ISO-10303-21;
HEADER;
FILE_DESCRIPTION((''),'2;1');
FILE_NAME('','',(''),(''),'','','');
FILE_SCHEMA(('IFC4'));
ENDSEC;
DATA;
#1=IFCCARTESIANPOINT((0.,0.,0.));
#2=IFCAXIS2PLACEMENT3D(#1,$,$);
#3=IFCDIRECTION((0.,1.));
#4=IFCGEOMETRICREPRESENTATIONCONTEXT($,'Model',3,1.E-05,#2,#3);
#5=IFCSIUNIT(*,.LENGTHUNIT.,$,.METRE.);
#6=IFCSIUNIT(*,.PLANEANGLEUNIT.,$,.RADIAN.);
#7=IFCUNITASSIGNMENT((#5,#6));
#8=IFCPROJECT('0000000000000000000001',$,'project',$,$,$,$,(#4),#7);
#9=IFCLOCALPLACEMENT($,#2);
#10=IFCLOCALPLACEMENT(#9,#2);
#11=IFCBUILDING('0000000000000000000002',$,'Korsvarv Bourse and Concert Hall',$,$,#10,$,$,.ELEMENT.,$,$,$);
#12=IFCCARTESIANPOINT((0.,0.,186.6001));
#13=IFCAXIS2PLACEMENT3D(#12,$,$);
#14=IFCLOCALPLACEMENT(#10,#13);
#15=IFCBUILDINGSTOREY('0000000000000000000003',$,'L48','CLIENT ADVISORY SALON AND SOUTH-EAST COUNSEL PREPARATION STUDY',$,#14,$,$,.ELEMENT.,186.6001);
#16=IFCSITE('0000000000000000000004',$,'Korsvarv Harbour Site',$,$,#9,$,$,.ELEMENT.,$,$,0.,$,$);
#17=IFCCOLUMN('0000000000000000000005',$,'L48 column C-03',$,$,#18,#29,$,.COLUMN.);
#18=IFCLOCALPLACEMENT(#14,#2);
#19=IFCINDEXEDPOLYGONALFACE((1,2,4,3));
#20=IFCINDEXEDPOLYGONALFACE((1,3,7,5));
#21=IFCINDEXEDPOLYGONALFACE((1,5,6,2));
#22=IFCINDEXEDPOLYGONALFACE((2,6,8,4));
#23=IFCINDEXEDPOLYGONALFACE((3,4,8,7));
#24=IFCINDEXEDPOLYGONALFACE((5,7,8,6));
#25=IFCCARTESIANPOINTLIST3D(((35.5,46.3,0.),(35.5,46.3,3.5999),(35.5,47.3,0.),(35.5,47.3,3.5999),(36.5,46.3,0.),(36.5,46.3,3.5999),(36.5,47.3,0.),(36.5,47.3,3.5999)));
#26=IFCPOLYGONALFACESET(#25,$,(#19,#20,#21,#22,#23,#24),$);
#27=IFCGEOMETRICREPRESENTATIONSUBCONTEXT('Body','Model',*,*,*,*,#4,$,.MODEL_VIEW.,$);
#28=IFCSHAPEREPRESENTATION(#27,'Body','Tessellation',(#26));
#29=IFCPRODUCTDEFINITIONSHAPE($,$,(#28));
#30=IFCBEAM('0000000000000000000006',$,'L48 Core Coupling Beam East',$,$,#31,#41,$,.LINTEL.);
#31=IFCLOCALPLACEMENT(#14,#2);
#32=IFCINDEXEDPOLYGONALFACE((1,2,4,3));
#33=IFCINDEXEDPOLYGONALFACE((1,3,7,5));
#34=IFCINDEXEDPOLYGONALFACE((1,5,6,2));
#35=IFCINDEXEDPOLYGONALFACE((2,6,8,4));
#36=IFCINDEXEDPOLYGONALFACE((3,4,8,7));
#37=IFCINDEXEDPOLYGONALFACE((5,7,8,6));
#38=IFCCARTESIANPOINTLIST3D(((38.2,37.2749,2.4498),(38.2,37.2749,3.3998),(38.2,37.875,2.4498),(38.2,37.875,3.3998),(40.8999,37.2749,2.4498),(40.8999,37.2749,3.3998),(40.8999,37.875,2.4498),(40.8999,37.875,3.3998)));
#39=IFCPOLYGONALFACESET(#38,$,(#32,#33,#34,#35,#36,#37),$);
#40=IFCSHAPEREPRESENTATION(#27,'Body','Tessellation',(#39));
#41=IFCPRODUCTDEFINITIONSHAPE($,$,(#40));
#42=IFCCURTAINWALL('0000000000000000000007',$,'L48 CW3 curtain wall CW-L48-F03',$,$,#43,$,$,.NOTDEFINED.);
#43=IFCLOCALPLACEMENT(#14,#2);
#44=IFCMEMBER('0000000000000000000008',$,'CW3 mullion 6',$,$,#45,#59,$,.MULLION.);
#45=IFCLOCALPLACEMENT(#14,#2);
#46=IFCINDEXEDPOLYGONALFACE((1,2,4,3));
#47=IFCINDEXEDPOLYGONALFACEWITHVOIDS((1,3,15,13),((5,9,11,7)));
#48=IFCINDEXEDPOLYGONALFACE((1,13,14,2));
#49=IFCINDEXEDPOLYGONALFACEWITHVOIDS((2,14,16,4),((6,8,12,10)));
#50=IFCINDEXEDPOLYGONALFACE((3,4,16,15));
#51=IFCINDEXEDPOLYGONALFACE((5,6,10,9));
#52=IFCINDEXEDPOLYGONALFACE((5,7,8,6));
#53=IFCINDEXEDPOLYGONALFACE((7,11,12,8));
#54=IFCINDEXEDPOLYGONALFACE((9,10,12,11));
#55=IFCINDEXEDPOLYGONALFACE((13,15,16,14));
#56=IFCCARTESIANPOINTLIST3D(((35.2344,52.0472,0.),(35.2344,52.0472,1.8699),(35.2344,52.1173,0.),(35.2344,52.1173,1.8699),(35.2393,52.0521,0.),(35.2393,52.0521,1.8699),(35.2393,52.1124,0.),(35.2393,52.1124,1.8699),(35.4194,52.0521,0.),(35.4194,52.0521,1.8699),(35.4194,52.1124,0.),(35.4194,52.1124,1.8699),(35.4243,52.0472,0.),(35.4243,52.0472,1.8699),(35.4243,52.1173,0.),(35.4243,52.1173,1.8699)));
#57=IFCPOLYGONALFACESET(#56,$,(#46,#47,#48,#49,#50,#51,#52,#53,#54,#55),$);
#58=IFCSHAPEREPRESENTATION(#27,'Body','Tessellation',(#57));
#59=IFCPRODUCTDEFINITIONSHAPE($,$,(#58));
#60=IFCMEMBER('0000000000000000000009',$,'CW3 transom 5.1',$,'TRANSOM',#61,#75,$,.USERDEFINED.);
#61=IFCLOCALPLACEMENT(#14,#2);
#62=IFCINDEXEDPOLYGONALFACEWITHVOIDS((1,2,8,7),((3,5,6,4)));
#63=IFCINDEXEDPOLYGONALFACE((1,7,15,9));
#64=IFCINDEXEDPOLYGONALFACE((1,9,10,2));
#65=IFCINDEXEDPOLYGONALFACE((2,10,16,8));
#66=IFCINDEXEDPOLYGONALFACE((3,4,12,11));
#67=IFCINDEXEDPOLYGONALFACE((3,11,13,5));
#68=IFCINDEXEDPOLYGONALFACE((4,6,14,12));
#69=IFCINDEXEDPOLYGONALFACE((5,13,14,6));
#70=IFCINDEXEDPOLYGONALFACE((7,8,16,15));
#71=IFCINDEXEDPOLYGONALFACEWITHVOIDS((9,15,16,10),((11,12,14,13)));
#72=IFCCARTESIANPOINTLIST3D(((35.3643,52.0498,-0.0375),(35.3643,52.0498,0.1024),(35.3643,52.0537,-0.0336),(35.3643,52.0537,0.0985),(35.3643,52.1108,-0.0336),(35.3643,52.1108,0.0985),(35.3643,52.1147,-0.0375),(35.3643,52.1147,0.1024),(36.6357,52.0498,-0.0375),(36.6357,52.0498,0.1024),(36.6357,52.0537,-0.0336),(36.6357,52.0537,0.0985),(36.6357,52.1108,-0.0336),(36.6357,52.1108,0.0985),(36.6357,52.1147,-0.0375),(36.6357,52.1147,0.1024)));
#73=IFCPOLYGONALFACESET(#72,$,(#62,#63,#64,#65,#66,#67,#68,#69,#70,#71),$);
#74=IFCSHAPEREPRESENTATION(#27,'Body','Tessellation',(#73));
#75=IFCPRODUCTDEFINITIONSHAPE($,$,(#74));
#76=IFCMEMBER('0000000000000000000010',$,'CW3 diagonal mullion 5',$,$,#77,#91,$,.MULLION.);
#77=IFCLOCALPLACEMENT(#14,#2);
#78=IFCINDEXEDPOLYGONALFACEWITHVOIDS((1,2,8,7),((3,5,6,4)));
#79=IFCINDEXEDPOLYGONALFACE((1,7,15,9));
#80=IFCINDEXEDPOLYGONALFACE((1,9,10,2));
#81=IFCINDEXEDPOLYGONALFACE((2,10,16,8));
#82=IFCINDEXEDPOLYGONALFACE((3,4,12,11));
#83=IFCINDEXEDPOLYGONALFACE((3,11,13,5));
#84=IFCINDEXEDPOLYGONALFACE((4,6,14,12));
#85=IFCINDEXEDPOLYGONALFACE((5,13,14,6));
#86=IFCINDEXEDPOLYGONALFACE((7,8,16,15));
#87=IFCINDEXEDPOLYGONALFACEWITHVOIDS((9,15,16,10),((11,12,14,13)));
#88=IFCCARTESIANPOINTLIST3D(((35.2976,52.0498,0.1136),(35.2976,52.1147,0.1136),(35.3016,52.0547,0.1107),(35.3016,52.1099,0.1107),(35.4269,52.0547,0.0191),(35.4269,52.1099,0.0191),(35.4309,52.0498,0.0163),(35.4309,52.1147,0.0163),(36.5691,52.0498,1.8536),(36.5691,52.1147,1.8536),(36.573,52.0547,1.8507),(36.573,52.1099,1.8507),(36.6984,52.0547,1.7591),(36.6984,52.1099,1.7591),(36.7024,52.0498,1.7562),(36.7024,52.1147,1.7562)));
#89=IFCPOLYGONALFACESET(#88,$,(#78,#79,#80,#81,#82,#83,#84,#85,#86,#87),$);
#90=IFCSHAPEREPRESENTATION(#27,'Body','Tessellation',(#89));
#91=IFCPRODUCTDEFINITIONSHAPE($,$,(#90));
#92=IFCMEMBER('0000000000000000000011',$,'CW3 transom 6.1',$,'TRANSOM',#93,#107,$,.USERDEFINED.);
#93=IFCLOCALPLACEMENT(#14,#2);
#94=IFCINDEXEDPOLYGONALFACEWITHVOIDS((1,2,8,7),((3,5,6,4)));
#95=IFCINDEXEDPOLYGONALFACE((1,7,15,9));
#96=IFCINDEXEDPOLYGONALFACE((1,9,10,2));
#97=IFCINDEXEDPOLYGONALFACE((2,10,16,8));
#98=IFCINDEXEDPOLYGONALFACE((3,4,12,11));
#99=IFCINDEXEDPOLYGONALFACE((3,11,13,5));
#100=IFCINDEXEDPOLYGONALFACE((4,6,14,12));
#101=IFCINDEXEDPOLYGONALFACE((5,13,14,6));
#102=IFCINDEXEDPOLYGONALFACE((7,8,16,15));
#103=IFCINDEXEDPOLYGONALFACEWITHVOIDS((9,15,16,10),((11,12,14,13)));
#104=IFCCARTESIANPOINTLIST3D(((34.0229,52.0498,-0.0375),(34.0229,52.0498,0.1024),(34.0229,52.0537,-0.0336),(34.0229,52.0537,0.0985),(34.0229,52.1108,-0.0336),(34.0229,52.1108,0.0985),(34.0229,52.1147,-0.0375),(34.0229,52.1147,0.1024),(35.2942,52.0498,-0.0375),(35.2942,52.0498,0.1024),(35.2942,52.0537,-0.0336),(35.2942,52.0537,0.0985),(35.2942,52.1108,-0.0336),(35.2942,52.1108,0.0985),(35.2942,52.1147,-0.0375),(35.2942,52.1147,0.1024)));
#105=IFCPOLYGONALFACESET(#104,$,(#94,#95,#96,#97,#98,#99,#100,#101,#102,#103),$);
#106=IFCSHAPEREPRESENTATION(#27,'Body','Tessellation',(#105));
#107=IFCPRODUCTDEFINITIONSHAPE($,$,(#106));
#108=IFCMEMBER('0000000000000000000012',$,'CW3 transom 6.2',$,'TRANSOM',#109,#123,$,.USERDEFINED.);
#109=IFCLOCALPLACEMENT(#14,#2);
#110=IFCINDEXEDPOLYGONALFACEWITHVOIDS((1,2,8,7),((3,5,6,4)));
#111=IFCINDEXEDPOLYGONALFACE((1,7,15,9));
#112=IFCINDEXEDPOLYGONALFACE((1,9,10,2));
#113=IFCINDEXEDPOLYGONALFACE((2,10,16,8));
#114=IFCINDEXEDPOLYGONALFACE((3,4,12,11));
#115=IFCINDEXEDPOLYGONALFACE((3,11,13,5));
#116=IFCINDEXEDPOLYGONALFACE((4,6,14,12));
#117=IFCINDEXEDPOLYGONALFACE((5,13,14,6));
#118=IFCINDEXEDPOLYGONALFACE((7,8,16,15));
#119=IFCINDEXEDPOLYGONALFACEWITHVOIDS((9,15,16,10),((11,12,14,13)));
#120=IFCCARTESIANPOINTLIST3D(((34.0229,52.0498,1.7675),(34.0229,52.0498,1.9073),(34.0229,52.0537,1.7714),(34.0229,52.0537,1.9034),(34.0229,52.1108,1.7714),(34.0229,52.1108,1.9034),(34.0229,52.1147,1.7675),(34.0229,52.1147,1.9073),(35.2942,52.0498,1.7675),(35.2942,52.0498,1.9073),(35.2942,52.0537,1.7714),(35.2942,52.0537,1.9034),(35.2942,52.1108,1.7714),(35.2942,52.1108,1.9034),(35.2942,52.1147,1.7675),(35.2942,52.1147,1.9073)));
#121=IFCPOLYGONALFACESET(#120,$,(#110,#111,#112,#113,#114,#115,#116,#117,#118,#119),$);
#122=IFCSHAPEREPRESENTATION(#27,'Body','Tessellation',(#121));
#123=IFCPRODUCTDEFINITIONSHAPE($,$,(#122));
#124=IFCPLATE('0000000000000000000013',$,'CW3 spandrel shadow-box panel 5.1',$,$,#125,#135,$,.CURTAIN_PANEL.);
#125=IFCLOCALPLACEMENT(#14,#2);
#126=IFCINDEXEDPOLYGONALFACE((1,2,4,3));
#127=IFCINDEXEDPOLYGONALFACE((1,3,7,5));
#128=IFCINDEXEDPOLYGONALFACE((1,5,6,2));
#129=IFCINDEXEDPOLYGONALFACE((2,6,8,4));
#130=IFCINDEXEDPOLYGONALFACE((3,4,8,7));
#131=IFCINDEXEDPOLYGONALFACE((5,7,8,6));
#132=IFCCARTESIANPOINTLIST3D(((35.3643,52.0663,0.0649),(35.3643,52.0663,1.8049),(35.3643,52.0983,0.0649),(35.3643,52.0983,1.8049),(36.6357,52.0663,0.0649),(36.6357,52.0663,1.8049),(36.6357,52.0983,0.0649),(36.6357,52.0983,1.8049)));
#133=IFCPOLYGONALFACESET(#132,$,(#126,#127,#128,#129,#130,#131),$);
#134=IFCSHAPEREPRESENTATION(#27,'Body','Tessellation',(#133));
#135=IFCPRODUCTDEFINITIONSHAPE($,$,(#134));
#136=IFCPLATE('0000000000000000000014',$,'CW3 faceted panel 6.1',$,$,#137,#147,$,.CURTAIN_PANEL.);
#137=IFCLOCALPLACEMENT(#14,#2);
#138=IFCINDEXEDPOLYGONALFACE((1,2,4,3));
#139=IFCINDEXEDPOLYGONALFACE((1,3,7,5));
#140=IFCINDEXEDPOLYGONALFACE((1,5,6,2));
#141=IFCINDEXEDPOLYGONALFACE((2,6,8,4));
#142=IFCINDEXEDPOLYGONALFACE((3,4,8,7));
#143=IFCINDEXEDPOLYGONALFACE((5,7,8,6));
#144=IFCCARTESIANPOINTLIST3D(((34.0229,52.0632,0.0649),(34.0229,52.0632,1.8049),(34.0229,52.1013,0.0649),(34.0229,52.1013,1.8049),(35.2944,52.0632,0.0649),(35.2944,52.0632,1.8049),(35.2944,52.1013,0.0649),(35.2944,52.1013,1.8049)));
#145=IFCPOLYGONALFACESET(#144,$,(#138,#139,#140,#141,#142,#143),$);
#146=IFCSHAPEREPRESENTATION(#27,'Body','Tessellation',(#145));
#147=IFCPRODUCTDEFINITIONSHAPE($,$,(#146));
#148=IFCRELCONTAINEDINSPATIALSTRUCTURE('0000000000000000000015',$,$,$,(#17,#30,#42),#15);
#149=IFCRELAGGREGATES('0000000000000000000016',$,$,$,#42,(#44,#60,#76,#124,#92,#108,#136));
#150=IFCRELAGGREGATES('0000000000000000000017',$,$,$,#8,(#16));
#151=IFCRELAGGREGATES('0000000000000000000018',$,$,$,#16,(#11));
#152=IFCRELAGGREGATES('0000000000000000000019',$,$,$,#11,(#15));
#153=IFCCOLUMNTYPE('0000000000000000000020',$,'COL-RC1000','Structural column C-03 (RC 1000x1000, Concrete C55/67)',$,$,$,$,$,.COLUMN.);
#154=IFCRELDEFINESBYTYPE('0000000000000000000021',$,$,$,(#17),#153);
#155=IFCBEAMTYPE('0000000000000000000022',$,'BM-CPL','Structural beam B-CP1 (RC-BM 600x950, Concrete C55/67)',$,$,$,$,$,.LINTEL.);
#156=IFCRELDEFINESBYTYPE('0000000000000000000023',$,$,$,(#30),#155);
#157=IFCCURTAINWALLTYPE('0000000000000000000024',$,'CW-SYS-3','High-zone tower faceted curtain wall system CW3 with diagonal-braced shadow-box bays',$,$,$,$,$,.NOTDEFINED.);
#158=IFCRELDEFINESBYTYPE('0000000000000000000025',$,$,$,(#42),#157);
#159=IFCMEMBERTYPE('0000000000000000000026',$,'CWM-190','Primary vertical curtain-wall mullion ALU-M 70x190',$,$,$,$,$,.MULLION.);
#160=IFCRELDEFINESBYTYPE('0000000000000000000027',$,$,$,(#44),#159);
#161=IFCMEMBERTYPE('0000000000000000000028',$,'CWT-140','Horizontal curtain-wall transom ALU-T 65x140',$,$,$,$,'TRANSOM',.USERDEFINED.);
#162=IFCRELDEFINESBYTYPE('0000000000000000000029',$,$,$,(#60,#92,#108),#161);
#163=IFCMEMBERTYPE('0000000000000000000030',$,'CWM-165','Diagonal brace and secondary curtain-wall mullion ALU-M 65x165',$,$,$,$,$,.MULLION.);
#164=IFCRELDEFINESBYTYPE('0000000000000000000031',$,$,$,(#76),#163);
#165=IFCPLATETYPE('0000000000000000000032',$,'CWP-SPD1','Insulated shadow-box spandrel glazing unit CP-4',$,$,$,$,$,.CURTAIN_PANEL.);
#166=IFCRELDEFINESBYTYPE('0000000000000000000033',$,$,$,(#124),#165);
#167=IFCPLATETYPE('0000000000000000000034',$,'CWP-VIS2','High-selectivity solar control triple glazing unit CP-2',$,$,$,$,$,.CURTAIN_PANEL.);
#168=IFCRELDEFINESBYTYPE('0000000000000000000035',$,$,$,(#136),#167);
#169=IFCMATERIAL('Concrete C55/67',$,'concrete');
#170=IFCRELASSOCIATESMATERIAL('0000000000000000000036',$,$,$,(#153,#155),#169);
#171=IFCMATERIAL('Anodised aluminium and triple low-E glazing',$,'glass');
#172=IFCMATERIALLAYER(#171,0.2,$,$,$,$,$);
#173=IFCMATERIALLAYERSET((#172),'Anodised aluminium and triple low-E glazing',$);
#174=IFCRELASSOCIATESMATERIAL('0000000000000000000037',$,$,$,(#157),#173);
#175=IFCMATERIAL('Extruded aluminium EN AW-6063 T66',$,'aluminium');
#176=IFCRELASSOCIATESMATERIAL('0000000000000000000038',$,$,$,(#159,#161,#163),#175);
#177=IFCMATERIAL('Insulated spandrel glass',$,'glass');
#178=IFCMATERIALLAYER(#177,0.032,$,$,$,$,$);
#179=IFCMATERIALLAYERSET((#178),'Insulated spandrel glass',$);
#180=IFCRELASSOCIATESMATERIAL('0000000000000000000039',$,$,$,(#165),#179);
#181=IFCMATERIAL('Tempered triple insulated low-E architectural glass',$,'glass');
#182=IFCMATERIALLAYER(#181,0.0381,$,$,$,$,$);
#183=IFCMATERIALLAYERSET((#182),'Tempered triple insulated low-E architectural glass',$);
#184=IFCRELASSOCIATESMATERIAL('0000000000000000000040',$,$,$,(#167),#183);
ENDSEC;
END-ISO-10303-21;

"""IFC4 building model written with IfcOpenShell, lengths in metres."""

from ifc_helpers import new_model, si_unit, direction, frame, origin, origin_2d, place, context, subcontext, project, spatial, rectangle, hollow_rectangle, extrude, source, transform, mapped, material, layer, layer_set, material_profile, profile_set, type_object, element, aggregate, save


model = new_model("IFC4")

# Units and contexts
model_context = context("Model", 3, precision=1e-05, world=origin(), true_north=direction((0.0, 1.0)))
body_context = subcontext(model_context, "Body", "Model", "MODEL_VIEW")
ifc_project = project(units=[si_unit("LENGTHUNIT", "METRE"), si_unit("PLANEANGLEUNIT", "RADIAN")], contexts=[model_context])

# Site, building, storey
site_placement = place(None, origin())
site = spatial("IfcSite", under=ifc_project, at=site_placement, Name="Korsvarv Harbour Site", CompositionType="ELEMENT", RefElevation=0.0)
building_placement = place(site_placement, origin())
building = spatial("IfcBuilding", under=site, at=building_placement, Name="Korsvarv Bourse and Concert Hall", CompositionType="ELEMENT")
storey_placement = place(building_placement, frame((0.0, 0.0, 186.6001)))
storey = spatial("IfcBuildingStorey", under=building, at=storey_placement, Name="L48", Description="CLIENT ADVISORY SALON AND SOUTH-EAST COUNSEL PREPARATION STUDY", CompositionType="ELEMENT", Elevation=186.6001)

# Column
ifc_material_1 = material(Name="Concrete C55/67", Category="concrete")
ifc_material_profile_1 = material_profile(ifc_material_1, rectangle(XDim=1.0, YDim=1.0, at=origin_2d()), Name="RC 1000x1000")
ifc_profile_set_1 = profile_set([ifc_material_profile_1], Name="Concrete C55/67")
column_type = type_object("IfcColumnType", Name="COL-RC1000", Description="Structural column C-03 (RC 1000x1000, Concrete C55/67)", PredefinedType="COLUMN", material=ifc_profile_set_1)
shared_shape_1 = source(origin(), body_context, "Body", "SweptSolid", [
    extrude(rectangle(XDim=1.0, YDim=1.0, at=origin_2d()), origin(), (0.0, 0.0, 1.0), 3.5999),
])
column_placement = place(storey_placement, frame((36.0, 46.8, 0.0), z_axis=(0.0, 0.0, 1.0), x_axis=(1.0, 0.0, 0.0)))
element("IfcColumn", 1, at=column_placement, inside=storey, type_object=column_type, Name="L48 column C-03", PredefinedType="COLUMN", context=body_context, shape_type="MappedRepresentation", body=[
    mapped(shared_shape_1, transform((0.0, 0.0, 0.0), scale=1.0)),
])

# Beam
ifc_material_profile_2 = material_profile(ifc_material_1, rectangle(XDim=0.6001, YDim=0.95, at=origin_2d()), Name="RC-BM 600x950")
ifc_profile_set_2 = profile_set([ifc_material_profile_2], Name="Concrete C55/67")
beam_type = type_object("IfcBeamType", Name="BM-CPL", Description="Structural beam B-CP1 (RC-BM 600x950, Concrete C55/67)", PredefinedType="LINTEL", material=ifc_profile_set_2)
shared_shape_2 = source(origin(), body_context, "Body", "SweptSolid", [
    extrude(rectangle(XDim=0.6001, YDim=0.95, at=origin_2d()), origin(), (0.0, 0.0, 1.0), 2.7),
])
beam_placement = place(storey_placement, frame((38.2, 37.575, 2.9248), z_axis=(1.0, 0.0, 0.0), x_axis=(0.0, 1.0, 0.0)))
element("IfcBeam", 2, at=beam_placement, inside=storey, type_object=beam_type, Name="L48 Core Coupling Beam East", PredefinedType="LINTEL", context=body_context, shape_type="MappedRepresentation", body=[
    mapped(shared_shape_2, transform((0.0, 0.0, 0.0), scale=1.0)),
])

# Curtain wall, members, plates
ifc_material_2 = material(Name="Anodised aluminium and triple low-E glazing", Category="glass")
ifc_layer_1 = layer(ifc_material_2, 0.2)
ifc_layer_set_1 = layer_set([ifc_layer_1], Name="Anodised aluminium and triple low-E glazing")
curtain_wall_type = type_object("IfcCurtainWallType", Name="CW-SYS-3", Description="High-zone tower faceted curtain wall system CW3 with diagonal-braced shadow-box bays", PredefinedType="NOTDEFINED", material=ifc_layer_set_1)
curtain_wall_placement = place(storey_placement, origin())
curtain_wall = element("IfcCurtainWall", 3, at=curtain_wall_placement, inside=storey, type_object=curtain_wall_type, Name="L48 CW3 curtain wall CW-L48-F03", PredefinedType="NOTDEFINED")
ifc_material_3 = material(Name="Extruded aluminium EN AW-6063 T66", Category="aluminium")
ifc_material_profile_3 = material_profile(ifc_material_3, hollow_rectangle(XDim=0.0701, YDim=0.1899, WallThickness=0.0049, at=origin_2d()), Name="ALU-M 70x190")
ifc_profile_set_3 = profile_set([ifc_material_profile_3], Name="Extruded aluminium EN AW-6063 T66")
member_type_1 = type_object("IfcMemberType", Name="CWM-190", Description="Primary vertical curtain-wall mullion ALU-M 70x190", PredefinedType="MULLION", material=ifc_profile_set_3)
shared_shape_3 = source(origin(), body_context, "Body", "SweptSolid", [
    extrude(hollow_rectangle(XDim=0.0701, YDim=0.1899, WallThickness=0.0049, at=origin_2d()), origin(), (0.0, 0.0, 1.0), 1.8699),
])
member_1_placement = place(storey_placement, frame((35.3293, 52.0823, 0.0), z_axis=(0.0, 0.0, 1.0), x_axis=(0.0, -1.0, 0.0)))
member_1 = element("IfcMember", 4, at=member_1_placement, type_object=member_type_1, Name="CW3 mullion 6", PredefinedType="MULLION", context=body_context, shape_type="MappedRepresentation", body=[
    mapped(shared_shape_3, transform((0.0, 0.0, 0.0), scale=1.0)),
])
ifc_material_profile_4 = material_profile(ifc_material_3, hollow_rectangle(XDim=0.0649, YDim=0.1399, WallThickness=0.0039, at=origin_2d()), Name="ALU-T 65x140")
ifc_profile_set_4 = profile_set([ifc_material_profile_4], Name="Extruded aluminium EN AW-6063 T66")
member_type_2 = type_object("IfcMemberType", Name="CWT-140", Description="Horizontal curtain-wall transom ALU-T 65x140", ElementType="TRANSOM", PredefinedType="USERDEFINED", material=ifc_profile_set_4)
shared_shape_4 = source(origin(), body_context, "Body", "SweptSolid", [
    extrude(hollow_rectangle(XDim=0.0649, YDim=0.1399, WallThickness=0.0039, at=origin_2d()), origin(), (0.0, 0.0, 1.0), 1.2715),
])
member_2_placement = place(storey_placement, frame((36.6357, 52.0823, 0.0325), z_axis=(-1.0, 0.0, 0.0), x_axis=(0.0, -1.0, 0.0)))
member_2 = element("IfcMember", 5, at=member_2_placement, type_object=member_type_2, Name="CW3 transom 5.1", ObjectType="TRANSOM", PredefinedType="USERDEFINED", context=body_context, shape_type="MappedRepresentation", body=[
    mapped(shared_shape_4, transform((0.0, 0.0, 0.0), scale=1.0)),
])
ifc_material_profile_5 = material_profile(ifc_material_3, hollow_rectangle(XDim=0.0649, YDim=0.165, WallThickness=0.0049, at=origin_2d()), Name="ALU-M 65x165")
ifc_profile_set_5 = profile_set([ifc_material_profile_5], Name="Extruded aluminium EN AW-6063 T66")
member_type_3 = type_object("IfcMemberType", Name="CWM-165", Description="Diagonal brace and secondary curtain-wall mullion ALU-M 65x165", PredefinedType="MULLION", material=ifc_profile_set_5)
shared_shape_5 = source(origin(), body_context, "Body", "SweptSolid", [
    extrude(hollow_rectangle(XDim=0.0649, YDim=0.165, WallThickness=0.0049, at=origin_2d()), origin(), (0.0, 0.0, 1.0), 2.155),
])
member_3_placement = place(storey_placement, frame((35.3643, 52.0823, 0.0649), z_axis=(0.590002, 0.0, 0.807402), x_axis=(0.0, 1.0, 0.0)))
member_3 = element("IfcMember", 6, at=member_3_placement, type_object=member_type_3, Name="CW3 diagonal mullion 5", PredefinedType="MULLION", context=body_context, shape_type="MappedRepresentation", body=[
    mapped(shared_shape_5, transform((0.0, 0.0, 0.0), scale=1.0)),
])
shared_shape_6 = source(origin(), body_context, "Body", "SweptSolid", [
    extrude(hollow_rectangle(XDim=0.0649, YDim=0.1399, WallThickness=0.0039, at=origin_2d()), origin(), (0.0, 0.0, 1.0), 1.2712),
])
member_4_placement = place(storey_placement, frame((35.2942, 52.0823, 0.0325), z_axis=(-1.0, 0.0, 0.0), x_axis=(0.0, -1.0, 0.0)))
member_4 = element("IfcMember", 7, at=member_4_placement, type_object=member_type_2, Name="CW3 transom 6.1", ObjectType="TRANSOM", PredefinedType="USERDEFINED", context=body_context, shape_type="MappedRepresentation", body=[
    mapped(shared_shape_6, transform((0.0, 0.0, 0.0), scale=1.0)),
])
member_5_placement = place(storey_placement, frame((35.2942, 52.0823, 1.8374), z_axis=(-1.0, 0.0, 0.0), x_axis=(0.0, -1.0, 0.0)))
member_5 = element("IfcMember", 8, at=member_5_placement, type_object=member_type_2, Name="CW3 transom 6.2", ObjectType="TRANSOM", PredefinedType="USERDEFINED", context=body_context, shape_type="MappedRepresentation", body=[
    mapped(shared_shape_6, transform((0.0, 0.0, 0.0), scale=1.0)),
])
ifc_material_4 = material(Name="Insulated spandrel glass", Category="glass")
ifc_layer_2 = layer(ifc_material_4, 0.032)
ifc_layer_set_2 = layer_set([ifc_layer_2], Name="Insulated spandrel glass")
plate_type_1 = type_object("IfcPlateType", Name="CWP-SPD1", Description="Insulated shadow-box spandrel glazing unit CP-4", PredefinedType="CURTAIN_PANEL", material=ifc_layer_set_2)
shared_shape_7 = source(origin(), body_context, "Body", "SweptSolid", [
    extrude(rectangle(XDim=1.2715, YDim=0.032, at=origin_2d()), origin(), (0.0, 0.0, 1.0), 1.74),
])
plate_1_placement = place(storey_placement, frame((36.0, 52.0823, 0.0649), z_axis=(0.0, 0.0, 1.0), x_axis=(-1.0, 0.0, 0.0)))
plate_1 = element("IfcPlate", 9, at=plate_1_placement, type_object=plate_type_1, Name="CW3 spandrel shadow-box panel 5.1", PredefinedType="CURTAIN_PANEL", context=body_context, shape_type="MappedRepresentation", body=[
    mapped(shared_shape_7, transform((0.0, 0.0, 0.0), scale=1.0)),
])
ifc_material_5 = material(Name="Tempered triple insulated low-E architectural glass", Category="glass")
ifc_layer_3 = layer(ifc_material_5, 0.0381)
ifc_layer_set_3 = layer_set([ifc_layer_3], Name="Tempered triple insulated low-E architectural glass")
plate_type_2 = type_object("IfcPlateType", Name="CWP-VIS2", Description="High-selectivity solar control triple glazing unit CP-2", PredefinedType="CURTAIN_PANEL", material=ifc_layer_set_3)
shared_shape_8 = source(origin(), body_context, "Body", "SweptSolid", [
    extrude(rectangle(XDim=1.2715, YDim=0.0381, at=origin_2d()), origin(), (0.0, 0.0, 1.0), 1.74),
])
plate_2_placement = place(storey_placement, frame((34.6587, 52.0823, 0.0649), z_axis=(0.0, 0.0, 1.0), x_axis=(-1.0, 0.0, 0.0)))
plate_2 = element("IfcPlate", 10, at=plate_2_placement, type_object=plate_type_2, Name="CW3 faceted panel 6.1", PredefinedType="CURTAIN_PANEL", context=body_context, shape_type="MappedRepresentation", body=[
    mapped(shared_shape_8, transform((0.0, 0.0, 0.0), scale=1.0)),
])
aggregate(curtain_wall, [member_1, member_2, member_3, plate_1, member_4, member_5, plate_2])

save(model, "model.ifc")
